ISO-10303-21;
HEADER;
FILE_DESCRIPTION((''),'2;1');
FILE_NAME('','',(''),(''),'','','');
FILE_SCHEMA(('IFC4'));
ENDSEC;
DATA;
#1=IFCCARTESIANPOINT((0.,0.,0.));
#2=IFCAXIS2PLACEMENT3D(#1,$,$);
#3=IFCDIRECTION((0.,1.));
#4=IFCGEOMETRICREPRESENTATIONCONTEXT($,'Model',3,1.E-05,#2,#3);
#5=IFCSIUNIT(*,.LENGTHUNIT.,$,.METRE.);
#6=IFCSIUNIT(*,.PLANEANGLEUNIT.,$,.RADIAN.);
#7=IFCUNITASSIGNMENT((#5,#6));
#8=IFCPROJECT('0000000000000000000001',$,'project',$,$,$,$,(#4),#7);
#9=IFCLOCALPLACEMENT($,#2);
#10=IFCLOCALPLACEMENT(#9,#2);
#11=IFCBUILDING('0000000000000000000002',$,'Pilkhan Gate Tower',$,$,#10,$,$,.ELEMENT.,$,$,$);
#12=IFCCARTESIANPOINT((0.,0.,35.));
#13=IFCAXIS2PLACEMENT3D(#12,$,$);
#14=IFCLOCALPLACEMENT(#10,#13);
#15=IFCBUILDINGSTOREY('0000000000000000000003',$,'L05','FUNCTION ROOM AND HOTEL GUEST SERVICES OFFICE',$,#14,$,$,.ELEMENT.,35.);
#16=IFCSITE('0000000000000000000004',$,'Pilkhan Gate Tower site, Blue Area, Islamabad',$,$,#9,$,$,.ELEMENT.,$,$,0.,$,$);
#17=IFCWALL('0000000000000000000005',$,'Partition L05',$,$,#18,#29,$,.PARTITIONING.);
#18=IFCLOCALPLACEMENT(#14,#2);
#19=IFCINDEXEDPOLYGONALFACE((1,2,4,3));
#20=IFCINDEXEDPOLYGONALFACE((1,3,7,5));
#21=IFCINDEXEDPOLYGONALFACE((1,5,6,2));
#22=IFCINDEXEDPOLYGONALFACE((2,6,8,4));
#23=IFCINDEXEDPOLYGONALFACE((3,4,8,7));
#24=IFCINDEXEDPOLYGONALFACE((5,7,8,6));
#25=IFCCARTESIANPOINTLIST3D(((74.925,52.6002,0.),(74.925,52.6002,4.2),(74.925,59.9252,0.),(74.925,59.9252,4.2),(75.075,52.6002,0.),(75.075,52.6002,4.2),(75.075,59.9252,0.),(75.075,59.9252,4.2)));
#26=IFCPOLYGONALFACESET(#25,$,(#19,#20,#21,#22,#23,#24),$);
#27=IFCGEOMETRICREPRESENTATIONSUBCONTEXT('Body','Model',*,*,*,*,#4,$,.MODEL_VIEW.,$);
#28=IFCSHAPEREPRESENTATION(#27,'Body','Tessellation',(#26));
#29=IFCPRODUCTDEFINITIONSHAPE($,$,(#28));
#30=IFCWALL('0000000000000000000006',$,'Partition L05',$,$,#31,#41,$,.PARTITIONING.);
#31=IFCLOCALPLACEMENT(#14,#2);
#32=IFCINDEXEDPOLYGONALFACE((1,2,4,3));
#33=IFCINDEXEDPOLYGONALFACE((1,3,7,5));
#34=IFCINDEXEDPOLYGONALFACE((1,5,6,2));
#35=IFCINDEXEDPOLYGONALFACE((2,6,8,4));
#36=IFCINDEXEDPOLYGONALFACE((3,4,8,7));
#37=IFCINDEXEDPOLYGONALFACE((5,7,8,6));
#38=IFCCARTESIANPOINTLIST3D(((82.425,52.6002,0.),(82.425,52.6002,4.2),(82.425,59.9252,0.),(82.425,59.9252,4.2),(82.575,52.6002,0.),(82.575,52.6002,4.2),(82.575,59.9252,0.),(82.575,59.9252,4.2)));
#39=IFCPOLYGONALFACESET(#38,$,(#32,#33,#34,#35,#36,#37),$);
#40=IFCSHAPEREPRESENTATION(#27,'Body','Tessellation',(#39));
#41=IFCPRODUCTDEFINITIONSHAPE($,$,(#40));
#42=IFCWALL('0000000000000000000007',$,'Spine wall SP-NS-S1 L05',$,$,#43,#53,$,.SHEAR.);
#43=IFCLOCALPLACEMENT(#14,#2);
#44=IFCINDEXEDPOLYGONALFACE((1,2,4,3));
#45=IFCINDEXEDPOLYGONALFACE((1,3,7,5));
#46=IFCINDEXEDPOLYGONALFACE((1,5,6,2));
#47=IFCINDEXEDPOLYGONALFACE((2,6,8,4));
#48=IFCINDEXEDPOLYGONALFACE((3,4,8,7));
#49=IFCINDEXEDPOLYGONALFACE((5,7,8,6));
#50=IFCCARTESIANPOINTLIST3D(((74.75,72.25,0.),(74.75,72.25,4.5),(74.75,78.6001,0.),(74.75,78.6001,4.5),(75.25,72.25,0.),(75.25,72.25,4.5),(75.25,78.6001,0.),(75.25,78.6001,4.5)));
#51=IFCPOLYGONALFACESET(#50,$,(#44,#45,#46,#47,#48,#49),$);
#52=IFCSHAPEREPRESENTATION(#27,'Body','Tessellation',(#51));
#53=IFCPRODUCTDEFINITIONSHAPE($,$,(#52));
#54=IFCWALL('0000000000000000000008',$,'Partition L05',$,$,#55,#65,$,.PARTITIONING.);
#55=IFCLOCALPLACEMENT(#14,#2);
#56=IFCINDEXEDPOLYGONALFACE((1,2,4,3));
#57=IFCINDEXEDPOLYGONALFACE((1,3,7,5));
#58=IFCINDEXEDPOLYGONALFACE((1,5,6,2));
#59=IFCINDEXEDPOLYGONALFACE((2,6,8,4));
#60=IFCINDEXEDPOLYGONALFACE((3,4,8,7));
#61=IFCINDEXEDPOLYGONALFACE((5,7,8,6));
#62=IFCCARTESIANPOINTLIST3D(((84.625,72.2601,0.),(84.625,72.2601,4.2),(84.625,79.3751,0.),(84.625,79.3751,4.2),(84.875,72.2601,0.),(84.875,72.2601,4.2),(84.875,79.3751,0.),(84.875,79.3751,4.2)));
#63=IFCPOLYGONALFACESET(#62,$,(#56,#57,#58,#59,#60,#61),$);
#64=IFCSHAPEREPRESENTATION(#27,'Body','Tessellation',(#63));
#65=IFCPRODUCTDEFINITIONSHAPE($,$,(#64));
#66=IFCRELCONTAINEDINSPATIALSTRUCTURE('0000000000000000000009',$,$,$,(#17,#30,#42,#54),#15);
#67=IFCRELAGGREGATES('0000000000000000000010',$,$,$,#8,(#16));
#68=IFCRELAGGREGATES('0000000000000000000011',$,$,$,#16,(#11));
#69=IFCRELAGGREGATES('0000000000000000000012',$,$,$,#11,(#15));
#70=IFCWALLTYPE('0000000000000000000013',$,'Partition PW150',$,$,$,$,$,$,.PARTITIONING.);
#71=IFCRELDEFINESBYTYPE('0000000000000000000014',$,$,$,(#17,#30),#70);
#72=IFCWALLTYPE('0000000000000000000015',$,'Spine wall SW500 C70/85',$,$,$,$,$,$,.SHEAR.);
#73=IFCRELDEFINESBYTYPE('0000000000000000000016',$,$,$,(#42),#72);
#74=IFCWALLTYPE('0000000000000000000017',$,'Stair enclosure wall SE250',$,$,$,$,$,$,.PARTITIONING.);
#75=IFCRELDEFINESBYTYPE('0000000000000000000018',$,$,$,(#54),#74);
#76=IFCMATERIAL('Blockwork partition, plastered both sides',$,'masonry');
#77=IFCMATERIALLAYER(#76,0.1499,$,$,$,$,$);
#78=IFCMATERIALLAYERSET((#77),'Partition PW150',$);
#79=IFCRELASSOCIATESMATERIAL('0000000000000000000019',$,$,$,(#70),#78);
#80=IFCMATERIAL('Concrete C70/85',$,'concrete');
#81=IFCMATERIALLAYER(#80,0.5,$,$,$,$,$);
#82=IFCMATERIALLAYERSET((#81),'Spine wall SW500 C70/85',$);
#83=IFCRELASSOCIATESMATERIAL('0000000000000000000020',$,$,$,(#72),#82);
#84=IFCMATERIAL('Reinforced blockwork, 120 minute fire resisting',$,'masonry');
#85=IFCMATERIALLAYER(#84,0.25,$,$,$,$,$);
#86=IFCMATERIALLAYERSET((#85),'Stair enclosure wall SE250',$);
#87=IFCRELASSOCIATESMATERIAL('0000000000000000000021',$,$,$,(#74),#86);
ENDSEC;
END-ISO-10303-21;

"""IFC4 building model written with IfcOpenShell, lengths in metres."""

from ifc_helpers import new_model, si_unit, direction, frame, frame_2d, origin, place, context, subcontext, project, spatial, rectangle, extrude, material, layer, layer_set, type_object, element, save


model = new_model("IFC4")

# Units and contexts
model_context = context("Model", 3, precision=1e-05, world=origin(), true_north=direction((0.0, 1.0)))
body_context = subcontext(model_context, "Body", "Model", "MODEL_VIEW")
ifc_project = project(units=[si_unit("LENGTHUNIT", "METRE"), si_unit("PLANEANGLEUNIT", "RADIAN")], contexts=[model_context])

# Site, building, storey
site_placement = place(None, origin())
site = spatial("IfcSite", under=ifc_project, at=site_placement, Name="Pilkhan Gate Tower site, Blue Area, Islamabad", CompositionType="ELEMENT", RefElevation=0.0)
building_placement = place(site_placement, origin())
building = spatial("IfcBuilding", under=site, at=building_placement, Name="Pilkhan Gate Tower", CompositionType="ELEMENT")
storey_placement = place(building_placement, frame((0.0, 0.0, 35.0)))
storey = spatial("IfcBuildingStorey", under=building, at=storey_placement, Name="L05", Description="FUNCTION ROOM AND HOTEL GUEST SERVICES OFFICE", CompositionType="ELEMENT", Elevation=35.0)

# Shared definitions
ifc_material_1 = material(Name="Concrete C70/85", Category="concrete")

# Walls
ifc_material_2 = material(Name="Blockwork partition, plastered both sides", Category="masonry")
ifc_layer_1 = layer(ifc_material_2, 0.1499)
ifc_layer_set_1 = layer_set([ifc_layer_1], Name="Partition PW150")
wall_type_1 = type_object("IfcWallType", Name="Partition PW150", PredefinedType="PARTITIONING", material=ifc_layer_set_1)
for number, where, z_axis, x_axis, name in (
    (1, (75.0, 52.6001, 0.0), (0.0, 0.0, 1.0), (0.0, 1.0, 0.0), "Partition L05"),
    (2, (82.5, 52.6001, 0.0), (0.0, 0.0, 1.0), (0.0, 1.0, 0.0), "Partition L05"),
):
    element("IfcWall", number, at=place(storey_placement, frame(where, z_axis=z_axis, x_axis=x_axis)), inside=storey, type_object=wall_type_1, Name=name, PredefinedType="PARTITIONING", context=body_context, shape_type="SweptSolid", body=[
        extrude(rectangle(XDim=7.325, YDim=0.1499, at=frame_2d((3.6626, 0.0))), origin(), (0.0, 0.0, 1.0), 4.2),
    ])
ifc_layer_2 = layer(ifc_material_1, 0.5)
ifc_layer_set_2 = layer_set([ifc_layer_2], Name="Spine wall SW500 C70/85")
wall_type_2 = type_object("IfcWallType", Name="Spine wall SW500 C70/85", PredefinedType="SHEAR", material=ifc_layer_set_2)
wall_1_placement = place(storey_placement, frame((75.0, 72.25, 0.0), z_axis=(0.0, 0.0, 1.0), x_axis=(0.0, 1.0, 0.0)))
element("IfcWall", 3, at=wall_1_placement, inside=storey, type_object=wall_type_2, Name="Spine wall SP-NS-S1 L05", PredefinedType="SHEAR", context=body_context, shape_type="SweptSolid", body=[
    extrude(rectangle(XDim=6.3501, YDim=0.5, at=frame_2d((3.175, 0.0))), origin(), (0.0, 0.0, 1.0), 4.5),
])
ifc_material_3 = material(Name="Reinforced blockwork, 120 minute fire resisting", Category="masonry")
ifc_layer_3 = layer(ifc_material_3, 0.25)
ifc_layer_set_3 = layer_set([ifc_layer_3], Name="Stair enclosure wall SE250")
wall_type_3 = type_object("IfcWallType", Name="Stair enclosure wall SE250", PredefinedType="PARTITIONING", material=ifc_layer_set_3)
wall_2_placement = place(storey_placement, frame((84.75, 72.26, 0.0), z_axis=(0.0, 0.0, 1.0), x_axis=(0.0, 1.0, 0.0)))
element("IfcWall", 4, at=wall_2_placement, inside=storey, type_object=wall_type_3, Name="Partition L05", PredefinedType="PARTITIONING", context=body_context, shape_type="SweptSolid", body=[
    extrude(rectangle(XDim=7.115, YDim=0.25, at=frame_2d((3.5576, 0.0))), origin(), (0.0, 0.0, 1.0), 4.2),
])

save(model, "model.ifc")
